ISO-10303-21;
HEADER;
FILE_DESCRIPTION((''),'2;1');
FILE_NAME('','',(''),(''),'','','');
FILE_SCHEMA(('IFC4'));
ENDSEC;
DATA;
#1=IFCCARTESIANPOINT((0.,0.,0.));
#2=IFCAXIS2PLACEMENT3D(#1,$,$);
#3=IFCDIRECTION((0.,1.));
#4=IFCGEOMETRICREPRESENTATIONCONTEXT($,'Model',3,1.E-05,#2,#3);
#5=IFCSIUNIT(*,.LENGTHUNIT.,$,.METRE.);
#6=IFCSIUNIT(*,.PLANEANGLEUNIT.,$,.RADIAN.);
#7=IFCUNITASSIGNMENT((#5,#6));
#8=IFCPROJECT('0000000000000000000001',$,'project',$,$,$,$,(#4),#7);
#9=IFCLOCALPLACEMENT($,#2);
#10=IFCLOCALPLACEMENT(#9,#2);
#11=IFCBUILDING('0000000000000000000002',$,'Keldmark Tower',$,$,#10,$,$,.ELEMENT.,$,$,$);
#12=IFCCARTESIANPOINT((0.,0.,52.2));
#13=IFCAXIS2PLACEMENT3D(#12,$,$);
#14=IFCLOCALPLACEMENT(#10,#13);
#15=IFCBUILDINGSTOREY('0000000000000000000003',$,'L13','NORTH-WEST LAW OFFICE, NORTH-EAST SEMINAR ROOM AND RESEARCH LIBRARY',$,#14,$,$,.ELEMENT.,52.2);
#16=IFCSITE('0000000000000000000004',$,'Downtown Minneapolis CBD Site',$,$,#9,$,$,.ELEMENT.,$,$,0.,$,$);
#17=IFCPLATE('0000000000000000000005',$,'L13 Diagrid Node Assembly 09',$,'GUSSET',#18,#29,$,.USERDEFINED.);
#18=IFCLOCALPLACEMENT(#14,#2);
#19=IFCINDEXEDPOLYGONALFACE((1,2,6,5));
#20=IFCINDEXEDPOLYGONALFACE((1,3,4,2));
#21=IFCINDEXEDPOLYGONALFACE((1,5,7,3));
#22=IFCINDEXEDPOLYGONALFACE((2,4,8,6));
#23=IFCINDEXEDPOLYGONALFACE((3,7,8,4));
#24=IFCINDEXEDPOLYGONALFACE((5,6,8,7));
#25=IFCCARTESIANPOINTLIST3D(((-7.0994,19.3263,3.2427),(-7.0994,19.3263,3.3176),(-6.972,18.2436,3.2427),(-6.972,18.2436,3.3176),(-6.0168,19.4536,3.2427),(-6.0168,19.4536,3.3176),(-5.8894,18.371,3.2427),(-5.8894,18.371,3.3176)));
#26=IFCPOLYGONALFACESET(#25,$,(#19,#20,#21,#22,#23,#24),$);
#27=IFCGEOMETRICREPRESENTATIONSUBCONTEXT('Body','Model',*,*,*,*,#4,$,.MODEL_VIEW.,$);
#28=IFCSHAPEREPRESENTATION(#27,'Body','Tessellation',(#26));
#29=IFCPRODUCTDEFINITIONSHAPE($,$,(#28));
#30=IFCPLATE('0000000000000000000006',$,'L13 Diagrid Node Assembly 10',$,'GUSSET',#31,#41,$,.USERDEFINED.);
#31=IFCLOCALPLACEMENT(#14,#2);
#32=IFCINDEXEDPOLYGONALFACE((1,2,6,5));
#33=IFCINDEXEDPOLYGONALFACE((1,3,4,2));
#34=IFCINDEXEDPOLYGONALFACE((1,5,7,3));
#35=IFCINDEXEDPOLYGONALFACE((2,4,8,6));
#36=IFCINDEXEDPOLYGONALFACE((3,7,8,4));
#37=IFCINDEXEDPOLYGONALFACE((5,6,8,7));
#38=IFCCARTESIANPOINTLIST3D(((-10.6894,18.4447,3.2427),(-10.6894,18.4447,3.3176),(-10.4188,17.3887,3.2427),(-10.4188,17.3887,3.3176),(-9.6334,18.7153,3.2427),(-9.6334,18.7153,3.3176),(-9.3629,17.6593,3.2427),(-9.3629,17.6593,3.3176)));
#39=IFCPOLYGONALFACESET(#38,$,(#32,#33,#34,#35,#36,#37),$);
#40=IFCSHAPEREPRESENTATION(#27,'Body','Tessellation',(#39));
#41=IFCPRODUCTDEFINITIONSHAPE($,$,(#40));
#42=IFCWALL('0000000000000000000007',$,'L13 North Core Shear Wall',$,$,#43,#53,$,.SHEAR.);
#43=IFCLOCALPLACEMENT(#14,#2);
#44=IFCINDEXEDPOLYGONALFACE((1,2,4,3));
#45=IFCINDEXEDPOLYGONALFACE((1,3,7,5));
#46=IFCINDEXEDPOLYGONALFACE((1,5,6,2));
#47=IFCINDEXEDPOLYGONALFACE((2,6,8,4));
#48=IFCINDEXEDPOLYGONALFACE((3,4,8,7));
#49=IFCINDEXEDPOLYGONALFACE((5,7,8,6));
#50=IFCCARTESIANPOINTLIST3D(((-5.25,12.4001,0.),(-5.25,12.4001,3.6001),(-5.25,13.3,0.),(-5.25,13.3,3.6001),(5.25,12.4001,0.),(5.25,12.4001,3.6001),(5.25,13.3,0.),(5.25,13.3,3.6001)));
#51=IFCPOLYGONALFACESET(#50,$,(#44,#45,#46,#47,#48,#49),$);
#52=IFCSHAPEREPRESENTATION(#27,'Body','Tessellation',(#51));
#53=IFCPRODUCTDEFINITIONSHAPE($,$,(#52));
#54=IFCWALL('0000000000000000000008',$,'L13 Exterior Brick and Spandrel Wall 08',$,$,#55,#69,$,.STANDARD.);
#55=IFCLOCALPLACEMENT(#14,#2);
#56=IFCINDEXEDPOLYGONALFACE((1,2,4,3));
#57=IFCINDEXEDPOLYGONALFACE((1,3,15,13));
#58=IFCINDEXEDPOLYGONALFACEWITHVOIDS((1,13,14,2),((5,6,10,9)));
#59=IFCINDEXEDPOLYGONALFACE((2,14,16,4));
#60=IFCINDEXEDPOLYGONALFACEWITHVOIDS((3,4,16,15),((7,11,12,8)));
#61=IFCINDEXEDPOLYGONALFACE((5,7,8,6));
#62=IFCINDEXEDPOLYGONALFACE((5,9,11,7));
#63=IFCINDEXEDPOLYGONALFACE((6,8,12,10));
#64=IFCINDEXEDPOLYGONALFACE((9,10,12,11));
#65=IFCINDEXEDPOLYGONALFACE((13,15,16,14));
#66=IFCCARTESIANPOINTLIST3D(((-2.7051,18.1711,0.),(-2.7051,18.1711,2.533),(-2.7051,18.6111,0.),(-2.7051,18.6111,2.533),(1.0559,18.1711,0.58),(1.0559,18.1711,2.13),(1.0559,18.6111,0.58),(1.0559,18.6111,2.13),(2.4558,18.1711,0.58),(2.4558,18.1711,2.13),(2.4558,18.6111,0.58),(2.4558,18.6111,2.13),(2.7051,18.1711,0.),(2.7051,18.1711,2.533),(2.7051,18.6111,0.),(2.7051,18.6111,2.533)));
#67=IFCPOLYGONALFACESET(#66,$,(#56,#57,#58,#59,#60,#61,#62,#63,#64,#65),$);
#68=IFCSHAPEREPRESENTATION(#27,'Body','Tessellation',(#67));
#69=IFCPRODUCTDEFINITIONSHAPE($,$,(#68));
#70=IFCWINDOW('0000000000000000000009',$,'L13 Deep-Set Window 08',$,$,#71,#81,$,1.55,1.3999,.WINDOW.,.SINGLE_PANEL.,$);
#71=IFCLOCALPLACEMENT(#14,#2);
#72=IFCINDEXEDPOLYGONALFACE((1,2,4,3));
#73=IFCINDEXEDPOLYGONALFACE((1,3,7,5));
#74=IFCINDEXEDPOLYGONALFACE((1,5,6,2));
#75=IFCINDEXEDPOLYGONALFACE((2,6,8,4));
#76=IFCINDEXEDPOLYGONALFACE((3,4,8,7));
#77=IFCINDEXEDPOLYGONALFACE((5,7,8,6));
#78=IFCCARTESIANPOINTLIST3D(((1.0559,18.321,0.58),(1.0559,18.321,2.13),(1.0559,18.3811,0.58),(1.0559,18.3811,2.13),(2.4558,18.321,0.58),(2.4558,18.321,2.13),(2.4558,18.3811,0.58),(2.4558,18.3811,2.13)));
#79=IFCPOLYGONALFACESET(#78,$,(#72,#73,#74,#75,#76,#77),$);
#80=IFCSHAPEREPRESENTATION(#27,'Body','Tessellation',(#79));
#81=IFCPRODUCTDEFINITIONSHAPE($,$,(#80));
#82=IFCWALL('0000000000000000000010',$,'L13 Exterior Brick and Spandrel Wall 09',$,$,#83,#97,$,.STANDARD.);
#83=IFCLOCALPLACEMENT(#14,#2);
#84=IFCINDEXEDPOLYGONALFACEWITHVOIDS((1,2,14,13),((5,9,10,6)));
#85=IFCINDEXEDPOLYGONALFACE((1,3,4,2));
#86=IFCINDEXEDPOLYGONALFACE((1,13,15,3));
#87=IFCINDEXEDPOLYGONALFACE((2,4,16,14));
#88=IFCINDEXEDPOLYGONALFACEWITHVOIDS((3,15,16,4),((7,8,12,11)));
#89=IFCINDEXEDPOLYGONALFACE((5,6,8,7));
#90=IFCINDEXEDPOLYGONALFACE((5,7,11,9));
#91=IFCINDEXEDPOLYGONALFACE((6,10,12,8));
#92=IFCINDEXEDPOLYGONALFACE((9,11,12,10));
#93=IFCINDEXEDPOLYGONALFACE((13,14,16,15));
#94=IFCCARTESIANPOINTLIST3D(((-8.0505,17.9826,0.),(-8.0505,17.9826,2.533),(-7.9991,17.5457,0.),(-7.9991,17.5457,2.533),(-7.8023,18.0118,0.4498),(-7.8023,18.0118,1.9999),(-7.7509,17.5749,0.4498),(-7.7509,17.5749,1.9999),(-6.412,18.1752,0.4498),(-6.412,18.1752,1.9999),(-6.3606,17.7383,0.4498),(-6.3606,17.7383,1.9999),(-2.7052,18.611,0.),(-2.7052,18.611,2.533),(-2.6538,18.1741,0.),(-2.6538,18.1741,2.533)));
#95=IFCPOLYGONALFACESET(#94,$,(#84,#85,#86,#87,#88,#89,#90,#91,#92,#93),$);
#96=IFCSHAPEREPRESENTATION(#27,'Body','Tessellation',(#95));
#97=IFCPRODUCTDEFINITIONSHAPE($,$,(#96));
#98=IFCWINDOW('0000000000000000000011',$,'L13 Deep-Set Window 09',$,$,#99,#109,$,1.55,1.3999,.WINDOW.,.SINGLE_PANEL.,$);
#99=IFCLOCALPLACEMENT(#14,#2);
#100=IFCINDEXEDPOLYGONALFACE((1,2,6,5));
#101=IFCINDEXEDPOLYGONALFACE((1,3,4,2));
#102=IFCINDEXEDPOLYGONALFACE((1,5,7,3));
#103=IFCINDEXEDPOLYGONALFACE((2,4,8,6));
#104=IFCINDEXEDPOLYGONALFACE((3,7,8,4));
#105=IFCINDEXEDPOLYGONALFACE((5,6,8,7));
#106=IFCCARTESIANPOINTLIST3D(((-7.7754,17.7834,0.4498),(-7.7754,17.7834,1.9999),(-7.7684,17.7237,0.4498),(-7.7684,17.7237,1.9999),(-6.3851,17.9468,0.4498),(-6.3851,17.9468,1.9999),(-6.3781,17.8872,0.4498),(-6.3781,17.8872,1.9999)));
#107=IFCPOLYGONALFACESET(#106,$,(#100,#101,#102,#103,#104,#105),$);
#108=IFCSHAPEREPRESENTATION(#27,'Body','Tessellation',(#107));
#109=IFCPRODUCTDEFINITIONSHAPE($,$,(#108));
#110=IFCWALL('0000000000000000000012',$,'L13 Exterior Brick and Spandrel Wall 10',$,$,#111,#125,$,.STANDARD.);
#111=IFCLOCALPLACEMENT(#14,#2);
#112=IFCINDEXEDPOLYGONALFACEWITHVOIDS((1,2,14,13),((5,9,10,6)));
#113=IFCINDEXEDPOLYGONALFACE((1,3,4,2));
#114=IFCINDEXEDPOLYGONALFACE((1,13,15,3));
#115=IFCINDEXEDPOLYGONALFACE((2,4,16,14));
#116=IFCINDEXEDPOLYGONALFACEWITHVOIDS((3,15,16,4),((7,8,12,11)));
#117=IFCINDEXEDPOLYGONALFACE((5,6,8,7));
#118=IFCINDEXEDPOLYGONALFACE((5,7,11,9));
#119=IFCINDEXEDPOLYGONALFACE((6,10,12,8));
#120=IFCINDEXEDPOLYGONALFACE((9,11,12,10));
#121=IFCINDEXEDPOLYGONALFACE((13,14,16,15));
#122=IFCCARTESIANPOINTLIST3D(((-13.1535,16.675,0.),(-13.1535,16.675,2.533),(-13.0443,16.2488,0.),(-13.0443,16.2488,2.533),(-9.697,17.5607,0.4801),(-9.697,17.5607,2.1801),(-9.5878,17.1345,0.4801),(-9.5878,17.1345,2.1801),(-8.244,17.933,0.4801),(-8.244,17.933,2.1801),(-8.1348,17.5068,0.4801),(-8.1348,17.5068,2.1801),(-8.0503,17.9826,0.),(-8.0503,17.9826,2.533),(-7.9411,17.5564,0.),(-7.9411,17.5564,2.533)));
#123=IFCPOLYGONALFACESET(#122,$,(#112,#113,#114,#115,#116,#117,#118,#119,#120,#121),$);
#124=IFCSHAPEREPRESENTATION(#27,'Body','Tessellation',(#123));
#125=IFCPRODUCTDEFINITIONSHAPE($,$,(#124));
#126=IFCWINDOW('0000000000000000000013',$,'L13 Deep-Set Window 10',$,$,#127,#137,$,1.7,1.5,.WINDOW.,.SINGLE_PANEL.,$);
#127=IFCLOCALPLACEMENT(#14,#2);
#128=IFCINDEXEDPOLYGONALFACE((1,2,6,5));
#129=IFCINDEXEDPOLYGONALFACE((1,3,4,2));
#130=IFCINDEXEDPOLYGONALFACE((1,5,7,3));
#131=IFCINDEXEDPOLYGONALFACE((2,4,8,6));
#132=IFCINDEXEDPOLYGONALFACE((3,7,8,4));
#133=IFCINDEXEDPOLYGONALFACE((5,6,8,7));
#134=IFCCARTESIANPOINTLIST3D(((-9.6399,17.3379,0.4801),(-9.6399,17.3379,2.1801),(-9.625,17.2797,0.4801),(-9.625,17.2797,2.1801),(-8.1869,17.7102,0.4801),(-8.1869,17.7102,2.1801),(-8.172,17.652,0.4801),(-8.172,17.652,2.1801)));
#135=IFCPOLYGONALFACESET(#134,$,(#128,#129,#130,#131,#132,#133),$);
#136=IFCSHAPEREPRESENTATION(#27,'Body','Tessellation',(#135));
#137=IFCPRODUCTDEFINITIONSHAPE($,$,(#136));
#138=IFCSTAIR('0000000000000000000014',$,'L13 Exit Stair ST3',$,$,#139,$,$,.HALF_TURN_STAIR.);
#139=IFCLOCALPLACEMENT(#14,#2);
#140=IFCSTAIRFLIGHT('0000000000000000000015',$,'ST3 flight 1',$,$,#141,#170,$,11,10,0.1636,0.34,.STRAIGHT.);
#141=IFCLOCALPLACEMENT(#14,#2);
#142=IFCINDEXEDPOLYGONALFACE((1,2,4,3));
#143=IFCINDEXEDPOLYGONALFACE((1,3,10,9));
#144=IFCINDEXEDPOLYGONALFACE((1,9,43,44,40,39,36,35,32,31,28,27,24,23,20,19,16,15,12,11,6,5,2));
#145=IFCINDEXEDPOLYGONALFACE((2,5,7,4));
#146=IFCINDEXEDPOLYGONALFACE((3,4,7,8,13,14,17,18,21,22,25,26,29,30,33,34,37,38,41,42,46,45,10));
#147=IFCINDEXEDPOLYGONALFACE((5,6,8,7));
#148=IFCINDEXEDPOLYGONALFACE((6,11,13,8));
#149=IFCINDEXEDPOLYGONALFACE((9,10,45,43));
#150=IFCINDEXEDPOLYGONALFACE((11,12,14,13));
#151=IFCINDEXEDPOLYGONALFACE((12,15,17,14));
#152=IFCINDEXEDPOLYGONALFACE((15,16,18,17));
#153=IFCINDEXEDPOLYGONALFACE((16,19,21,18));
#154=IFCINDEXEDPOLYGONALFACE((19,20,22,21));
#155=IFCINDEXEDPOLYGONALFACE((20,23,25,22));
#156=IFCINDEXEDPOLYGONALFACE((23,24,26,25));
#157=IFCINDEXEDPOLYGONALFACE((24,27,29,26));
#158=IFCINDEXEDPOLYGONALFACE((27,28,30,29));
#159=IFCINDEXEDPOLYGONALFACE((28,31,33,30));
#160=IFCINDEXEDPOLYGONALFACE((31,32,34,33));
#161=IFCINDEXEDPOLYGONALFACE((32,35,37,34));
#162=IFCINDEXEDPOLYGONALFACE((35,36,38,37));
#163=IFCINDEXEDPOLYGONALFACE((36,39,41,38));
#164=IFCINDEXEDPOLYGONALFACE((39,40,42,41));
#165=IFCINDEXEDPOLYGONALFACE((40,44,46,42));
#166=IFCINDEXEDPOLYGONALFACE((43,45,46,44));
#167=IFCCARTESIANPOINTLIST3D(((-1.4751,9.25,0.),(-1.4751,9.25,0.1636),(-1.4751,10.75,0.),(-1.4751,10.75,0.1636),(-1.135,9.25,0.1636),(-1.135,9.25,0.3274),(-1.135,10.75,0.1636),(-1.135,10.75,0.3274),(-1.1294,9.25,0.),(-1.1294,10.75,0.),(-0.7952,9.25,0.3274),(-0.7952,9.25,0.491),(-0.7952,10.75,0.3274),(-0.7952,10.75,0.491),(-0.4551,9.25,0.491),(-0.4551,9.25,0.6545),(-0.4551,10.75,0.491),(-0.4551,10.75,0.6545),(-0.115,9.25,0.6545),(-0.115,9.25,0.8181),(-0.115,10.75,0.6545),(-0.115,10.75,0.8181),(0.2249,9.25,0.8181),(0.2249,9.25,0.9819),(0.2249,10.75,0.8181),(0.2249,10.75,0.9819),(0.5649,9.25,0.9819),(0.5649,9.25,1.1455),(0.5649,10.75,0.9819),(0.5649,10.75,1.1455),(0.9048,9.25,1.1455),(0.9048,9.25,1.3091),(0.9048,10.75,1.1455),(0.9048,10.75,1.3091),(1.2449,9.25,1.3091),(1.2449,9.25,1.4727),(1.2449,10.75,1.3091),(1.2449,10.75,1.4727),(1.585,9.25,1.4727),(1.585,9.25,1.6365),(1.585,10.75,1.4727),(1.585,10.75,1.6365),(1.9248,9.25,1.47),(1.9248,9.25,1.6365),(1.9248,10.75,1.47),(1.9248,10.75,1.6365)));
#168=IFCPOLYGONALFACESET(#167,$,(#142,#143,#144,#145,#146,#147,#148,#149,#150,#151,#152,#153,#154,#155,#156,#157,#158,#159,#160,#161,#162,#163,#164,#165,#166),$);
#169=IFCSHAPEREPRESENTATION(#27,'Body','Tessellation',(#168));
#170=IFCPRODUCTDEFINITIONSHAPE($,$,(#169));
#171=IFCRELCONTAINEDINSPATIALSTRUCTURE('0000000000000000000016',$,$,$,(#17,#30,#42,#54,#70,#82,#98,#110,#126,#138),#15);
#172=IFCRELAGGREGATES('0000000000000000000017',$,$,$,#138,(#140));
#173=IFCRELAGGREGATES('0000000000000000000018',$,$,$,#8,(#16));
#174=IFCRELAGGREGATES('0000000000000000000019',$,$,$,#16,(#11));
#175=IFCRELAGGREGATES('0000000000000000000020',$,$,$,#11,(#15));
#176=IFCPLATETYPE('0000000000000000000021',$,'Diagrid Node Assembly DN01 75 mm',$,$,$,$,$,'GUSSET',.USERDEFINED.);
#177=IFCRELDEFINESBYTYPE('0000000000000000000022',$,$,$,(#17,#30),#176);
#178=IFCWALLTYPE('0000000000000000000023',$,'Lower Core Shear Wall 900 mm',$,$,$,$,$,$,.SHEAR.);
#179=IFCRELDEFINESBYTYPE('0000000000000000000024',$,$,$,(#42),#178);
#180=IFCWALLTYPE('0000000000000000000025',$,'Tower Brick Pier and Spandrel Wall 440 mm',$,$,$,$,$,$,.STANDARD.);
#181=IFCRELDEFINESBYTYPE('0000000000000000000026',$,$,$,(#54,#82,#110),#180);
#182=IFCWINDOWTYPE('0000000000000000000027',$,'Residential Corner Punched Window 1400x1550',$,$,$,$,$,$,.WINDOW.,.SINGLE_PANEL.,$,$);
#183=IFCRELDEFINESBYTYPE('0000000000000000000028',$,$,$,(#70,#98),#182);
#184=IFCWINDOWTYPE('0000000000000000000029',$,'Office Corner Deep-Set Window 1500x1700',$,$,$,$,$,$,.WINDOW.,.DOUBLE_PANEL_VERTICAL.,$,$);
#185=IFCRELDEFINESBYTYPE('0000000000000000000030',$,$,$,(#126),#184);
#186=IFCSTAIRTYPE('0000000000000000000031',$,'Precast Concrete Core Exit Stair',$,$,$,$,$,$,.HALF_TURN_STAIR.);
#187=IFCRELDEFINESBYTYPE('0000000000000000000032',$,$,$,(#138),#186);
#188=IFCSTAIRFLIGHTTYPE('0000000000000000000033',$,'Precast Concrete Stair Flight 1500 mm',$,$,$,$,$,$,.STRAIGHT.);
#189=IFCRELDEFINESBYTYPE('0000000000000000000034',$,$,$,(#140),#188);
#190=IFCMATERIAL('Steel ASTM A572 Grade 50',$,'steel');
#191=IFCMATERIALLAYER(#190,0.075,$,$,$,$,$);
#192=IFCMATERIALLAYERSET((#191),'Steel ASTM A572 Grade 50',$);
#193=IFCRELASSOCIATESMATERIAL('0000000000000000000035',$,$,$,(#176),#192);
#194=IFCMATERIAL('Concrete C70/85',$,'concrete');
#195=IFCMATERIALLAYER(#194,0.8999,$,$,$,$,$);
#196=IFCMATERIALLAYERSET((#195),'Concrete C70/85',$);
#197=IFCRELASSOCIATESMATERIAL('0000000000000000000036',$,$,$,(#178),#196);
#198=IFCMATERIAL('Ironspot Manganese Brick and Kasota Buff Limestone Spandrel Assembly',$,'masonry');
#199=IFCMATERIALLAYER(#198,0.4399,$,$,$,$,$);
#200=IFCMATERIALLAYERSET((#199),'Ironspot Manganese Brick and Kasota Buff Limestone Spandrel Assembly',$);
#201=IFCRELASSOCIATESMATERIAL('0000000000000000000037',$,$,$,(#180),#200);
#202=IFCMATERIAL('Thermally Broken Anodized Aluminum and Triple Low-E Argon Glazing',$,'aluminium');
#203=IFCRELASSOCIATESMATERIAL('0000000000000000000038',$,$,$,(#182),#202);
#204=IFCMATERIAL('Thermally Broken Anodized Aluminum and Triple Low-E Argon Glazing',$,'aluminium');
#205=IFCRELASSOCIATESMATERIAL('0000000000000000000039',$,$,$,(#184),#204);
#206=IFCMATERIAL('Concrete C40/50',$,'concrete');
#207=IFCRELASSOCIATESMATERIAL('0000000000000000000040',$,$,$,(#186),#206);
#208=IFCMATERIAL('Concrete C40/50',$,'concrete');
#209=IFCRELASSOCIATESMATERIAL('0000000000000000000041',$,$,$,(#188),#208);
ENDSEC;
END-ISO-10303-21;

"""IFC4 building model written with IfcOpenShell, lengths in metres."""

from ifc_helpers import new_model, si_unit, direction, frame, frame_2d, origin, origin_2d, place, context, subcontext, project, spatial, polyline, rectangle, outline, extrude, material, layer, layer_set, type_object, element, fill, aggregate, save


model = new_model("IFC4")

# Units and contexts
model_context = context("Model", 3, precision=1e-05, world=origin(), true_north=direction((0.0, 1.0)))
body_context = subcontext(model_context, "Body", "Model", "MODEL_VIEW")
ifc_project = project(units=[si_unit("LENGTHUNIT", "METRE"), si_unit("PLANEANGLEUNIT", "RADIAN")], contexts=[model_context])

# Site, building, storey
site_placement = place(None, origin())
site = spatial("IfcSite", under=ifc_project, at=site_placement, Name="Downtown Minneapolis CBD Site", CompositionType="ELEMENT", RefElevation=0.0)
building_placement = place(site_placement, origin())
building = spatial("IfcBuilding", under=site, at=building_placement, Name="Keldmark Tower", CompositionType="ELEMENT")
storey_placement = place(building_placement, frame((0.0, 0.0, 52.2)))
storey = spatial("IfcBuildingStorey", under=building, at=storey_placement, Name="L13", Description="NORTH-WEST LAW OFFICE, NORTH-EAST SEMINAR ROOM AND RESEARCH LIBRARY", CompositionType="ELEMENT", Elevation=52.2)

# Plates
ifc_material_1 = material(Name="Steel ASTM A572 Grade 50", Category="steel")
ifc_layer_1 = layer(ifc_material_1, 0.075)
ifc_layer_set_1 = layer_set([ifc_layer_1], Name="Steel ASTM A572 Grade 50")
plate_type_1 = type_object("IfcPlateType", Name="Diagrid Node Assembly DN01 75 mm", ElementType="GUSSET", PredefinedType="USERDEFINED", material=ifc_layer_set_1)
for number, where, z_axis, x_axis, name in (
    (1, (-6.4944, 18.8486, 3.2427), (0.0, 0.0, 1.0), (-0.99315, -0.116844, 0.0), "L13 Diagrid Node Assembly 09"),
    (2, (-10.0261, 18.052, 3.2427), (0.0, 0.0, 1.0), (-0.968713, -0.248183, 0.0), "L13 Diagrid Node Assembly 10"),
):
    element("IfcPlate", number, at=place(storey_placement, frame(where, z_axis=z_axis, x_axis=x_axis)), inside=storey, type_object=plate_type_1, Name=name, ObjectType="GUSSET", PredefinedType="USERDEFINED", context=body_context, shape_type="SweptSolid", body=[
        extrude(rectangle(XDim=1.0901, YDim=1.0901, at=origin_2d()), origin(), (0.0, 0.0, 1.0), 0.075),
    ])

# Wall
ifc_material_2 = material(Name="Concrete C70/85", Category="concrete")
ifc_layer_2 = layer(ifc_material_2, 0.8999)
ifc_layer_set_2 = layer_set([ifc_layer_2], Name="Concrete C70/85")
wall_type_1 = type_object("IfcWallType", Name="Lower Core Shear Wall 900 mm", PredefinedType="SHEAR", material=ifc_layer_set_2)
wall_1_placement = place(storey_placement, frame((-5.25, 12.8501, 0.0), z_axis=(0.0, 0.0, 1.0), x_axis=(1.0, 0.0, 0.0)))
element("IfcWall", 3, at=wall_1_placement, inside=storey, type_object=wall_type_1, Name="L13 North Core Shear Wall", PredefinedType="SHEAR", context=body_context, shape_type="SweptSolid", body=[
    extrude(rectangle(XDim=10.5, YDim=0.8999, at=frame_2d((5.25, 0.0))), origin(), (0.0, 0.0, 1.0), 3.6001),
])

# Walls, openings, windows
ifc_material_3 = material(Name="Ironspot Manganese Brick and Kasota Buff Limestone Spandrel Assembly", Category="masonry")
ifc_layer_3 = layer(ifc_material_3, 0.4399)
ifc_layer_set_3 = layer_set([ifc_layer_3], Name="Ironspot Manganese Brick and Kasota Buff Limestone Spandrel Assembly")
wall_type_2 = type_object("IfcWallType", Name="Tower Brick Pier and Spandrel Wall 440 mm", PredefinedType="STANDARD", material=ifc_layer_set_3)
wall_2_placement = place(storey_placement, frame((-2.7051, 18.3911, 0.0), z_axis=(0.0, 0.0, 1.0), x_axis=(1.0, 0.0, 0.0)))
wall_2 = element("IfcWall", 4, at=wall_2_placement, inside=storey, type_object=wall_type_2, Name="L13 Exterior Brick and Spandrel Wall 08", PredefinedType="STANDARD", context=body_context, shape_type="SweptSolid", body=[
    extrude(rectangle(XDim=5.4102, YDim=0.4399, at=frame_2d((2.7051, 0.0))), origin(), (0.0, 0.0, 1.0), 2.533),
])
opening_1_placement = place(wall_2_placement, frame((3.761, 0.0, 0.5801)))
opening_1 = element("IfcOpeningElement", 5, at=opening_1_placement, cuts=wall_2, PredefinedType="OPENING", context=body_context, shape_type="SweptSolid", body=[
    extrude(rectangle(XDim=1.3999, YDim=1.55, at=frame_2d((0.7, 0.7749))), frame((0.0, 0.23, 0.0), z_axis=(0.0, -1.0, 0.0), x_axis=(1.0, 0.0, 0.0)), (0.0, 0.0, 1.0), 0.46),
])
ifc_material_4 = material(Name="Thermally Broken Anodized Aluminum and Triple Low-E Argon Glazing", Category="aluminium")
window_type_1 = type_object("IfcWindowType", Name="Residential Corner Punched Window 1400x1550", PartitioningType="SINGLE_PANEL", PredefinedType="WINDOW", material=ifc_material_4)
window_1_placement = place(opening_1_placement, origin())
window_1 = element("IfcWindow", 6, at=window_1_placement, inside=storey, type_object=window_type_1, Name="L13 Deep-Set Window 08", OverallHeight=1.55, OverallWidth=1.3999, PartitioningType="SINGLE_PANEL", PredefinedType="WINDOW", context=body_context, shape_type="SweptSolid", body=[
    extrude(rectangle(XDim=1.3999, YDim=1.55, at=frame_2d((0.7, 0.7749))), frame((0.0, -0.01, 0.0), z_axis=(0.0, -1.0, 0.0), x_axis=(1.0, 0.0, 0.0)), (0.0, 0.0, 1.0), 0.0601),
])
fill(opening_1, window_1)
wall_3_placement = place(storey_placement, frame((-8.0247, 17.7642, 0.0), z_axis=(0.0, 0.0, 1.0), x_axis=(0.99316, 0.116762, 0.0)))
wall_3 = element("IfcWall", 7, at=wall_3_placement, inside=storey, type_object=wall_type_2, Name="L13 Exterior Brick and Spandrel Wall 09", PredefinedType="STANDARD", context=body_context, shape_type="SweptSolid", body=[
    extrude(rectangle(XDim=5.3821, YDim=0.4399, at=frame_2d((2.6909, 0.0))), origin(), (0.0, 0.0, 1.0), 2.533),
])
opening_2_placement = place(wall_3_placement, frame((0.2498, 0.0, 0.45)))
opening_2 = element("IfcOpeningElement", 8, at=opening_2_placement, cuts=wall_3, PredefinedType="OPENING", context=body_context, shape_type="SweptSolid", body=[
    extrude(rectangle(XDim=1.3999, YDim=1.55, at=frame_2d((0.7, 0.7749))), frame((0.0, 0.23, 0.0), z_axis=(0.0, -1.0, 0.0), x_axis=(1.0, 0.0, 0.0)), (0.0, 0.0, 1.0), 0.46),
])
window_2_placement = place(opening_2_placement, origin())
window_2 = element("IfcWindow", 9, at=window_2_placement, inside=storey, type_object=window_type_1, Name="L13 Deep-Set Window 09", OverallHeight=1.55, OverallWidth=1.3999, PartitioningType="SINGLE_PANEL", PredefinedType="WINDOW", context=body_context, shape_type="SweptSolid", body=[
    extrude(rectangle(XDim=1.3999, YDim=1.55, at=frame_2d((0.7, 0.7749))), frame((0.0, -0.01, 0.0), z_axis=(0.0, -1.0, 0.0), x_axis=(1.0, 0.0, 0.0)), (0.0, 0.0, 1.0), 0.0601),
])
fill(opening_2, window_2)
wall_4_placement = place(storey_placement, frame((-13.0989, 16.4619, 0.0), z_axis=(0.0, 0.0, 1.0), x_axis=(0.968706, 0.248213, 0.0)))
wall_4 = element("IfcWall", 10, at=wall_4_placement, inside=storey, type_object=wall_type_2, Name="L13 Exterior Brick and Spandrel Wall 10", PredefinedType="STANDARD", context=body_context, shape_type="SweptSolid", body=[
    extrude(rectangle(XDim=5.2681, YDim=0.4399, at=frame_2d((2.634, 0.0))), origin(), (0.0, 0.0, 1.0), 2.533),
])
opening_3_placement = place(wall_4_placement, frame((3.5681, 0.0, 0.48)))
opening_3 = element("IfcOpeningElement", 11, at=opening_3_placement, cuts=wall_4, PredefinedType="OPENING", context=body_context, shape_type="SweptSolid", body=[
    extrude(rectangle(XDim=1.5, YDim=1.7, at=frame_2d((0.75, 0.8501))), frame((0.0, 0.23, 0.0), z_axis=(0.0, -1.0, 0.0), x_axis=(1.0, 0.0, 0.0)), (0.0, 0.0, 1.0), 0.46),
])
ifc_material_5 = material(Name="Thermally Broken Anodized Aluminum and Triple Low-E Argon Glazing", Category="aluminium")
window_type_2 = type_object("IfcWindowType", Name="Office Corner Deep-Set Window 1500x1700", PartitioningType="DOUBLE_PANEL_VERTICAL", PredefinedType="WINDOW", material=ifc_material_5)
window_3_placement = place(opening_3_placement, origin())
window_3 = element("IfcWindow", 12, at=window_3_placement, inside=storey, type_object=window_type_2, Name="L13 Deep-Set Window 10", OverallHeight=1.7, OverallWidth=1.5, PartitioningType="SINGLE_PANEL", PredefinedType="WINDOW", context=body_context, shape_type="SweptSolid", body=[
    extrude(rectangle(XDim=1.5, YDim=1.7, at=frame_2d((0.75, 0.8501))), frame((0.0, -0.01, 0.0), z_axis=(0.0, -1.0, 0.0), x_axis=(1.0, 0.0, 0.0)), (0.0, 0.0, 1.0), 0.0601),
])
fill(opening_3, window_3)

# Stair, stair flight
ifc_material_6 = material(Name="Concrete C40/50", Category="concrete")
stair_type = type_object("IfcStairType", Name="Precast Concrete Core Exit Stair", PredefinedType="HALF_TURN_STAIR", material=ifc_material_6)
stair_placement = place(storey_placement, origin())
stair = element("IfcStair", 13, at=stair_placement, inside=storey, type_object=stair_type, Name="L13 Exit Stair ST3", PredefinedType="HALF_TURN_STAIR")
ifc_material_7 = material(Name="Concrete C40/50", Category="concrete")
stair_flight_type = type_object("IfcStairFlightType", Name="Precast Concrete Stair Flight 1500 mm", PredefinedType="STRAIGHT", material=ifc_material_7)
stair_flight_placement = place(storey_placement, frame((-1.4751, 10.0, 0.0), z_axis=(0.0, 0.0, 1.0), x_axis=(1.0, 0.0, 0.0)))
stair_flight = element("IfcStairFlight", 14, at=stair_flight_placement, type_object=stair_flight_type, Name="ST3 flight 1", NumberOfRisers=11, NumberOfTreads=10, PredefinedType="STRAIGHT", RiserHeight=0.1636, TreadLength=0.34, context=body_context, shape_type="SweptSolid", body=[
    extrude(outline(polyline([(0.0, 0.0), (0.0, 0.1636), (0.3401, 0.1636), (0.3401, 0.3274), (0.6799, 0.3274), (0.6799, 0.491), (1.02, 0.491), (1.02, 0.6545), (1.3601, 0.6545), (1.3601, 0.8181), (1.7, 0.8181), (1.7, 0.9819), (2.04, 0.9819), (2.04, 1.1455), (2.3799, 1.1455), (2.3799, 1.3091), (2.72, 1.3091), (2.72, 1.4727), (3.0601, 1.4727), (3.0601, 1.6365), (3.3999, 1.6365), (3.3999, 1.8), (3.3999, 1.47), (0.3457, 0.0), (0.0, 0.0)])), frame((0.0, 0.75, 0.0), z_axis=(0.0, -1.0, 0.0), x_axis=(1.0, 0.0, 0.0)), (0.0, 0.0, 1.0), 1.5),
])
aggregate(stair, [stair_flight])

save(model, "model.ifc")
